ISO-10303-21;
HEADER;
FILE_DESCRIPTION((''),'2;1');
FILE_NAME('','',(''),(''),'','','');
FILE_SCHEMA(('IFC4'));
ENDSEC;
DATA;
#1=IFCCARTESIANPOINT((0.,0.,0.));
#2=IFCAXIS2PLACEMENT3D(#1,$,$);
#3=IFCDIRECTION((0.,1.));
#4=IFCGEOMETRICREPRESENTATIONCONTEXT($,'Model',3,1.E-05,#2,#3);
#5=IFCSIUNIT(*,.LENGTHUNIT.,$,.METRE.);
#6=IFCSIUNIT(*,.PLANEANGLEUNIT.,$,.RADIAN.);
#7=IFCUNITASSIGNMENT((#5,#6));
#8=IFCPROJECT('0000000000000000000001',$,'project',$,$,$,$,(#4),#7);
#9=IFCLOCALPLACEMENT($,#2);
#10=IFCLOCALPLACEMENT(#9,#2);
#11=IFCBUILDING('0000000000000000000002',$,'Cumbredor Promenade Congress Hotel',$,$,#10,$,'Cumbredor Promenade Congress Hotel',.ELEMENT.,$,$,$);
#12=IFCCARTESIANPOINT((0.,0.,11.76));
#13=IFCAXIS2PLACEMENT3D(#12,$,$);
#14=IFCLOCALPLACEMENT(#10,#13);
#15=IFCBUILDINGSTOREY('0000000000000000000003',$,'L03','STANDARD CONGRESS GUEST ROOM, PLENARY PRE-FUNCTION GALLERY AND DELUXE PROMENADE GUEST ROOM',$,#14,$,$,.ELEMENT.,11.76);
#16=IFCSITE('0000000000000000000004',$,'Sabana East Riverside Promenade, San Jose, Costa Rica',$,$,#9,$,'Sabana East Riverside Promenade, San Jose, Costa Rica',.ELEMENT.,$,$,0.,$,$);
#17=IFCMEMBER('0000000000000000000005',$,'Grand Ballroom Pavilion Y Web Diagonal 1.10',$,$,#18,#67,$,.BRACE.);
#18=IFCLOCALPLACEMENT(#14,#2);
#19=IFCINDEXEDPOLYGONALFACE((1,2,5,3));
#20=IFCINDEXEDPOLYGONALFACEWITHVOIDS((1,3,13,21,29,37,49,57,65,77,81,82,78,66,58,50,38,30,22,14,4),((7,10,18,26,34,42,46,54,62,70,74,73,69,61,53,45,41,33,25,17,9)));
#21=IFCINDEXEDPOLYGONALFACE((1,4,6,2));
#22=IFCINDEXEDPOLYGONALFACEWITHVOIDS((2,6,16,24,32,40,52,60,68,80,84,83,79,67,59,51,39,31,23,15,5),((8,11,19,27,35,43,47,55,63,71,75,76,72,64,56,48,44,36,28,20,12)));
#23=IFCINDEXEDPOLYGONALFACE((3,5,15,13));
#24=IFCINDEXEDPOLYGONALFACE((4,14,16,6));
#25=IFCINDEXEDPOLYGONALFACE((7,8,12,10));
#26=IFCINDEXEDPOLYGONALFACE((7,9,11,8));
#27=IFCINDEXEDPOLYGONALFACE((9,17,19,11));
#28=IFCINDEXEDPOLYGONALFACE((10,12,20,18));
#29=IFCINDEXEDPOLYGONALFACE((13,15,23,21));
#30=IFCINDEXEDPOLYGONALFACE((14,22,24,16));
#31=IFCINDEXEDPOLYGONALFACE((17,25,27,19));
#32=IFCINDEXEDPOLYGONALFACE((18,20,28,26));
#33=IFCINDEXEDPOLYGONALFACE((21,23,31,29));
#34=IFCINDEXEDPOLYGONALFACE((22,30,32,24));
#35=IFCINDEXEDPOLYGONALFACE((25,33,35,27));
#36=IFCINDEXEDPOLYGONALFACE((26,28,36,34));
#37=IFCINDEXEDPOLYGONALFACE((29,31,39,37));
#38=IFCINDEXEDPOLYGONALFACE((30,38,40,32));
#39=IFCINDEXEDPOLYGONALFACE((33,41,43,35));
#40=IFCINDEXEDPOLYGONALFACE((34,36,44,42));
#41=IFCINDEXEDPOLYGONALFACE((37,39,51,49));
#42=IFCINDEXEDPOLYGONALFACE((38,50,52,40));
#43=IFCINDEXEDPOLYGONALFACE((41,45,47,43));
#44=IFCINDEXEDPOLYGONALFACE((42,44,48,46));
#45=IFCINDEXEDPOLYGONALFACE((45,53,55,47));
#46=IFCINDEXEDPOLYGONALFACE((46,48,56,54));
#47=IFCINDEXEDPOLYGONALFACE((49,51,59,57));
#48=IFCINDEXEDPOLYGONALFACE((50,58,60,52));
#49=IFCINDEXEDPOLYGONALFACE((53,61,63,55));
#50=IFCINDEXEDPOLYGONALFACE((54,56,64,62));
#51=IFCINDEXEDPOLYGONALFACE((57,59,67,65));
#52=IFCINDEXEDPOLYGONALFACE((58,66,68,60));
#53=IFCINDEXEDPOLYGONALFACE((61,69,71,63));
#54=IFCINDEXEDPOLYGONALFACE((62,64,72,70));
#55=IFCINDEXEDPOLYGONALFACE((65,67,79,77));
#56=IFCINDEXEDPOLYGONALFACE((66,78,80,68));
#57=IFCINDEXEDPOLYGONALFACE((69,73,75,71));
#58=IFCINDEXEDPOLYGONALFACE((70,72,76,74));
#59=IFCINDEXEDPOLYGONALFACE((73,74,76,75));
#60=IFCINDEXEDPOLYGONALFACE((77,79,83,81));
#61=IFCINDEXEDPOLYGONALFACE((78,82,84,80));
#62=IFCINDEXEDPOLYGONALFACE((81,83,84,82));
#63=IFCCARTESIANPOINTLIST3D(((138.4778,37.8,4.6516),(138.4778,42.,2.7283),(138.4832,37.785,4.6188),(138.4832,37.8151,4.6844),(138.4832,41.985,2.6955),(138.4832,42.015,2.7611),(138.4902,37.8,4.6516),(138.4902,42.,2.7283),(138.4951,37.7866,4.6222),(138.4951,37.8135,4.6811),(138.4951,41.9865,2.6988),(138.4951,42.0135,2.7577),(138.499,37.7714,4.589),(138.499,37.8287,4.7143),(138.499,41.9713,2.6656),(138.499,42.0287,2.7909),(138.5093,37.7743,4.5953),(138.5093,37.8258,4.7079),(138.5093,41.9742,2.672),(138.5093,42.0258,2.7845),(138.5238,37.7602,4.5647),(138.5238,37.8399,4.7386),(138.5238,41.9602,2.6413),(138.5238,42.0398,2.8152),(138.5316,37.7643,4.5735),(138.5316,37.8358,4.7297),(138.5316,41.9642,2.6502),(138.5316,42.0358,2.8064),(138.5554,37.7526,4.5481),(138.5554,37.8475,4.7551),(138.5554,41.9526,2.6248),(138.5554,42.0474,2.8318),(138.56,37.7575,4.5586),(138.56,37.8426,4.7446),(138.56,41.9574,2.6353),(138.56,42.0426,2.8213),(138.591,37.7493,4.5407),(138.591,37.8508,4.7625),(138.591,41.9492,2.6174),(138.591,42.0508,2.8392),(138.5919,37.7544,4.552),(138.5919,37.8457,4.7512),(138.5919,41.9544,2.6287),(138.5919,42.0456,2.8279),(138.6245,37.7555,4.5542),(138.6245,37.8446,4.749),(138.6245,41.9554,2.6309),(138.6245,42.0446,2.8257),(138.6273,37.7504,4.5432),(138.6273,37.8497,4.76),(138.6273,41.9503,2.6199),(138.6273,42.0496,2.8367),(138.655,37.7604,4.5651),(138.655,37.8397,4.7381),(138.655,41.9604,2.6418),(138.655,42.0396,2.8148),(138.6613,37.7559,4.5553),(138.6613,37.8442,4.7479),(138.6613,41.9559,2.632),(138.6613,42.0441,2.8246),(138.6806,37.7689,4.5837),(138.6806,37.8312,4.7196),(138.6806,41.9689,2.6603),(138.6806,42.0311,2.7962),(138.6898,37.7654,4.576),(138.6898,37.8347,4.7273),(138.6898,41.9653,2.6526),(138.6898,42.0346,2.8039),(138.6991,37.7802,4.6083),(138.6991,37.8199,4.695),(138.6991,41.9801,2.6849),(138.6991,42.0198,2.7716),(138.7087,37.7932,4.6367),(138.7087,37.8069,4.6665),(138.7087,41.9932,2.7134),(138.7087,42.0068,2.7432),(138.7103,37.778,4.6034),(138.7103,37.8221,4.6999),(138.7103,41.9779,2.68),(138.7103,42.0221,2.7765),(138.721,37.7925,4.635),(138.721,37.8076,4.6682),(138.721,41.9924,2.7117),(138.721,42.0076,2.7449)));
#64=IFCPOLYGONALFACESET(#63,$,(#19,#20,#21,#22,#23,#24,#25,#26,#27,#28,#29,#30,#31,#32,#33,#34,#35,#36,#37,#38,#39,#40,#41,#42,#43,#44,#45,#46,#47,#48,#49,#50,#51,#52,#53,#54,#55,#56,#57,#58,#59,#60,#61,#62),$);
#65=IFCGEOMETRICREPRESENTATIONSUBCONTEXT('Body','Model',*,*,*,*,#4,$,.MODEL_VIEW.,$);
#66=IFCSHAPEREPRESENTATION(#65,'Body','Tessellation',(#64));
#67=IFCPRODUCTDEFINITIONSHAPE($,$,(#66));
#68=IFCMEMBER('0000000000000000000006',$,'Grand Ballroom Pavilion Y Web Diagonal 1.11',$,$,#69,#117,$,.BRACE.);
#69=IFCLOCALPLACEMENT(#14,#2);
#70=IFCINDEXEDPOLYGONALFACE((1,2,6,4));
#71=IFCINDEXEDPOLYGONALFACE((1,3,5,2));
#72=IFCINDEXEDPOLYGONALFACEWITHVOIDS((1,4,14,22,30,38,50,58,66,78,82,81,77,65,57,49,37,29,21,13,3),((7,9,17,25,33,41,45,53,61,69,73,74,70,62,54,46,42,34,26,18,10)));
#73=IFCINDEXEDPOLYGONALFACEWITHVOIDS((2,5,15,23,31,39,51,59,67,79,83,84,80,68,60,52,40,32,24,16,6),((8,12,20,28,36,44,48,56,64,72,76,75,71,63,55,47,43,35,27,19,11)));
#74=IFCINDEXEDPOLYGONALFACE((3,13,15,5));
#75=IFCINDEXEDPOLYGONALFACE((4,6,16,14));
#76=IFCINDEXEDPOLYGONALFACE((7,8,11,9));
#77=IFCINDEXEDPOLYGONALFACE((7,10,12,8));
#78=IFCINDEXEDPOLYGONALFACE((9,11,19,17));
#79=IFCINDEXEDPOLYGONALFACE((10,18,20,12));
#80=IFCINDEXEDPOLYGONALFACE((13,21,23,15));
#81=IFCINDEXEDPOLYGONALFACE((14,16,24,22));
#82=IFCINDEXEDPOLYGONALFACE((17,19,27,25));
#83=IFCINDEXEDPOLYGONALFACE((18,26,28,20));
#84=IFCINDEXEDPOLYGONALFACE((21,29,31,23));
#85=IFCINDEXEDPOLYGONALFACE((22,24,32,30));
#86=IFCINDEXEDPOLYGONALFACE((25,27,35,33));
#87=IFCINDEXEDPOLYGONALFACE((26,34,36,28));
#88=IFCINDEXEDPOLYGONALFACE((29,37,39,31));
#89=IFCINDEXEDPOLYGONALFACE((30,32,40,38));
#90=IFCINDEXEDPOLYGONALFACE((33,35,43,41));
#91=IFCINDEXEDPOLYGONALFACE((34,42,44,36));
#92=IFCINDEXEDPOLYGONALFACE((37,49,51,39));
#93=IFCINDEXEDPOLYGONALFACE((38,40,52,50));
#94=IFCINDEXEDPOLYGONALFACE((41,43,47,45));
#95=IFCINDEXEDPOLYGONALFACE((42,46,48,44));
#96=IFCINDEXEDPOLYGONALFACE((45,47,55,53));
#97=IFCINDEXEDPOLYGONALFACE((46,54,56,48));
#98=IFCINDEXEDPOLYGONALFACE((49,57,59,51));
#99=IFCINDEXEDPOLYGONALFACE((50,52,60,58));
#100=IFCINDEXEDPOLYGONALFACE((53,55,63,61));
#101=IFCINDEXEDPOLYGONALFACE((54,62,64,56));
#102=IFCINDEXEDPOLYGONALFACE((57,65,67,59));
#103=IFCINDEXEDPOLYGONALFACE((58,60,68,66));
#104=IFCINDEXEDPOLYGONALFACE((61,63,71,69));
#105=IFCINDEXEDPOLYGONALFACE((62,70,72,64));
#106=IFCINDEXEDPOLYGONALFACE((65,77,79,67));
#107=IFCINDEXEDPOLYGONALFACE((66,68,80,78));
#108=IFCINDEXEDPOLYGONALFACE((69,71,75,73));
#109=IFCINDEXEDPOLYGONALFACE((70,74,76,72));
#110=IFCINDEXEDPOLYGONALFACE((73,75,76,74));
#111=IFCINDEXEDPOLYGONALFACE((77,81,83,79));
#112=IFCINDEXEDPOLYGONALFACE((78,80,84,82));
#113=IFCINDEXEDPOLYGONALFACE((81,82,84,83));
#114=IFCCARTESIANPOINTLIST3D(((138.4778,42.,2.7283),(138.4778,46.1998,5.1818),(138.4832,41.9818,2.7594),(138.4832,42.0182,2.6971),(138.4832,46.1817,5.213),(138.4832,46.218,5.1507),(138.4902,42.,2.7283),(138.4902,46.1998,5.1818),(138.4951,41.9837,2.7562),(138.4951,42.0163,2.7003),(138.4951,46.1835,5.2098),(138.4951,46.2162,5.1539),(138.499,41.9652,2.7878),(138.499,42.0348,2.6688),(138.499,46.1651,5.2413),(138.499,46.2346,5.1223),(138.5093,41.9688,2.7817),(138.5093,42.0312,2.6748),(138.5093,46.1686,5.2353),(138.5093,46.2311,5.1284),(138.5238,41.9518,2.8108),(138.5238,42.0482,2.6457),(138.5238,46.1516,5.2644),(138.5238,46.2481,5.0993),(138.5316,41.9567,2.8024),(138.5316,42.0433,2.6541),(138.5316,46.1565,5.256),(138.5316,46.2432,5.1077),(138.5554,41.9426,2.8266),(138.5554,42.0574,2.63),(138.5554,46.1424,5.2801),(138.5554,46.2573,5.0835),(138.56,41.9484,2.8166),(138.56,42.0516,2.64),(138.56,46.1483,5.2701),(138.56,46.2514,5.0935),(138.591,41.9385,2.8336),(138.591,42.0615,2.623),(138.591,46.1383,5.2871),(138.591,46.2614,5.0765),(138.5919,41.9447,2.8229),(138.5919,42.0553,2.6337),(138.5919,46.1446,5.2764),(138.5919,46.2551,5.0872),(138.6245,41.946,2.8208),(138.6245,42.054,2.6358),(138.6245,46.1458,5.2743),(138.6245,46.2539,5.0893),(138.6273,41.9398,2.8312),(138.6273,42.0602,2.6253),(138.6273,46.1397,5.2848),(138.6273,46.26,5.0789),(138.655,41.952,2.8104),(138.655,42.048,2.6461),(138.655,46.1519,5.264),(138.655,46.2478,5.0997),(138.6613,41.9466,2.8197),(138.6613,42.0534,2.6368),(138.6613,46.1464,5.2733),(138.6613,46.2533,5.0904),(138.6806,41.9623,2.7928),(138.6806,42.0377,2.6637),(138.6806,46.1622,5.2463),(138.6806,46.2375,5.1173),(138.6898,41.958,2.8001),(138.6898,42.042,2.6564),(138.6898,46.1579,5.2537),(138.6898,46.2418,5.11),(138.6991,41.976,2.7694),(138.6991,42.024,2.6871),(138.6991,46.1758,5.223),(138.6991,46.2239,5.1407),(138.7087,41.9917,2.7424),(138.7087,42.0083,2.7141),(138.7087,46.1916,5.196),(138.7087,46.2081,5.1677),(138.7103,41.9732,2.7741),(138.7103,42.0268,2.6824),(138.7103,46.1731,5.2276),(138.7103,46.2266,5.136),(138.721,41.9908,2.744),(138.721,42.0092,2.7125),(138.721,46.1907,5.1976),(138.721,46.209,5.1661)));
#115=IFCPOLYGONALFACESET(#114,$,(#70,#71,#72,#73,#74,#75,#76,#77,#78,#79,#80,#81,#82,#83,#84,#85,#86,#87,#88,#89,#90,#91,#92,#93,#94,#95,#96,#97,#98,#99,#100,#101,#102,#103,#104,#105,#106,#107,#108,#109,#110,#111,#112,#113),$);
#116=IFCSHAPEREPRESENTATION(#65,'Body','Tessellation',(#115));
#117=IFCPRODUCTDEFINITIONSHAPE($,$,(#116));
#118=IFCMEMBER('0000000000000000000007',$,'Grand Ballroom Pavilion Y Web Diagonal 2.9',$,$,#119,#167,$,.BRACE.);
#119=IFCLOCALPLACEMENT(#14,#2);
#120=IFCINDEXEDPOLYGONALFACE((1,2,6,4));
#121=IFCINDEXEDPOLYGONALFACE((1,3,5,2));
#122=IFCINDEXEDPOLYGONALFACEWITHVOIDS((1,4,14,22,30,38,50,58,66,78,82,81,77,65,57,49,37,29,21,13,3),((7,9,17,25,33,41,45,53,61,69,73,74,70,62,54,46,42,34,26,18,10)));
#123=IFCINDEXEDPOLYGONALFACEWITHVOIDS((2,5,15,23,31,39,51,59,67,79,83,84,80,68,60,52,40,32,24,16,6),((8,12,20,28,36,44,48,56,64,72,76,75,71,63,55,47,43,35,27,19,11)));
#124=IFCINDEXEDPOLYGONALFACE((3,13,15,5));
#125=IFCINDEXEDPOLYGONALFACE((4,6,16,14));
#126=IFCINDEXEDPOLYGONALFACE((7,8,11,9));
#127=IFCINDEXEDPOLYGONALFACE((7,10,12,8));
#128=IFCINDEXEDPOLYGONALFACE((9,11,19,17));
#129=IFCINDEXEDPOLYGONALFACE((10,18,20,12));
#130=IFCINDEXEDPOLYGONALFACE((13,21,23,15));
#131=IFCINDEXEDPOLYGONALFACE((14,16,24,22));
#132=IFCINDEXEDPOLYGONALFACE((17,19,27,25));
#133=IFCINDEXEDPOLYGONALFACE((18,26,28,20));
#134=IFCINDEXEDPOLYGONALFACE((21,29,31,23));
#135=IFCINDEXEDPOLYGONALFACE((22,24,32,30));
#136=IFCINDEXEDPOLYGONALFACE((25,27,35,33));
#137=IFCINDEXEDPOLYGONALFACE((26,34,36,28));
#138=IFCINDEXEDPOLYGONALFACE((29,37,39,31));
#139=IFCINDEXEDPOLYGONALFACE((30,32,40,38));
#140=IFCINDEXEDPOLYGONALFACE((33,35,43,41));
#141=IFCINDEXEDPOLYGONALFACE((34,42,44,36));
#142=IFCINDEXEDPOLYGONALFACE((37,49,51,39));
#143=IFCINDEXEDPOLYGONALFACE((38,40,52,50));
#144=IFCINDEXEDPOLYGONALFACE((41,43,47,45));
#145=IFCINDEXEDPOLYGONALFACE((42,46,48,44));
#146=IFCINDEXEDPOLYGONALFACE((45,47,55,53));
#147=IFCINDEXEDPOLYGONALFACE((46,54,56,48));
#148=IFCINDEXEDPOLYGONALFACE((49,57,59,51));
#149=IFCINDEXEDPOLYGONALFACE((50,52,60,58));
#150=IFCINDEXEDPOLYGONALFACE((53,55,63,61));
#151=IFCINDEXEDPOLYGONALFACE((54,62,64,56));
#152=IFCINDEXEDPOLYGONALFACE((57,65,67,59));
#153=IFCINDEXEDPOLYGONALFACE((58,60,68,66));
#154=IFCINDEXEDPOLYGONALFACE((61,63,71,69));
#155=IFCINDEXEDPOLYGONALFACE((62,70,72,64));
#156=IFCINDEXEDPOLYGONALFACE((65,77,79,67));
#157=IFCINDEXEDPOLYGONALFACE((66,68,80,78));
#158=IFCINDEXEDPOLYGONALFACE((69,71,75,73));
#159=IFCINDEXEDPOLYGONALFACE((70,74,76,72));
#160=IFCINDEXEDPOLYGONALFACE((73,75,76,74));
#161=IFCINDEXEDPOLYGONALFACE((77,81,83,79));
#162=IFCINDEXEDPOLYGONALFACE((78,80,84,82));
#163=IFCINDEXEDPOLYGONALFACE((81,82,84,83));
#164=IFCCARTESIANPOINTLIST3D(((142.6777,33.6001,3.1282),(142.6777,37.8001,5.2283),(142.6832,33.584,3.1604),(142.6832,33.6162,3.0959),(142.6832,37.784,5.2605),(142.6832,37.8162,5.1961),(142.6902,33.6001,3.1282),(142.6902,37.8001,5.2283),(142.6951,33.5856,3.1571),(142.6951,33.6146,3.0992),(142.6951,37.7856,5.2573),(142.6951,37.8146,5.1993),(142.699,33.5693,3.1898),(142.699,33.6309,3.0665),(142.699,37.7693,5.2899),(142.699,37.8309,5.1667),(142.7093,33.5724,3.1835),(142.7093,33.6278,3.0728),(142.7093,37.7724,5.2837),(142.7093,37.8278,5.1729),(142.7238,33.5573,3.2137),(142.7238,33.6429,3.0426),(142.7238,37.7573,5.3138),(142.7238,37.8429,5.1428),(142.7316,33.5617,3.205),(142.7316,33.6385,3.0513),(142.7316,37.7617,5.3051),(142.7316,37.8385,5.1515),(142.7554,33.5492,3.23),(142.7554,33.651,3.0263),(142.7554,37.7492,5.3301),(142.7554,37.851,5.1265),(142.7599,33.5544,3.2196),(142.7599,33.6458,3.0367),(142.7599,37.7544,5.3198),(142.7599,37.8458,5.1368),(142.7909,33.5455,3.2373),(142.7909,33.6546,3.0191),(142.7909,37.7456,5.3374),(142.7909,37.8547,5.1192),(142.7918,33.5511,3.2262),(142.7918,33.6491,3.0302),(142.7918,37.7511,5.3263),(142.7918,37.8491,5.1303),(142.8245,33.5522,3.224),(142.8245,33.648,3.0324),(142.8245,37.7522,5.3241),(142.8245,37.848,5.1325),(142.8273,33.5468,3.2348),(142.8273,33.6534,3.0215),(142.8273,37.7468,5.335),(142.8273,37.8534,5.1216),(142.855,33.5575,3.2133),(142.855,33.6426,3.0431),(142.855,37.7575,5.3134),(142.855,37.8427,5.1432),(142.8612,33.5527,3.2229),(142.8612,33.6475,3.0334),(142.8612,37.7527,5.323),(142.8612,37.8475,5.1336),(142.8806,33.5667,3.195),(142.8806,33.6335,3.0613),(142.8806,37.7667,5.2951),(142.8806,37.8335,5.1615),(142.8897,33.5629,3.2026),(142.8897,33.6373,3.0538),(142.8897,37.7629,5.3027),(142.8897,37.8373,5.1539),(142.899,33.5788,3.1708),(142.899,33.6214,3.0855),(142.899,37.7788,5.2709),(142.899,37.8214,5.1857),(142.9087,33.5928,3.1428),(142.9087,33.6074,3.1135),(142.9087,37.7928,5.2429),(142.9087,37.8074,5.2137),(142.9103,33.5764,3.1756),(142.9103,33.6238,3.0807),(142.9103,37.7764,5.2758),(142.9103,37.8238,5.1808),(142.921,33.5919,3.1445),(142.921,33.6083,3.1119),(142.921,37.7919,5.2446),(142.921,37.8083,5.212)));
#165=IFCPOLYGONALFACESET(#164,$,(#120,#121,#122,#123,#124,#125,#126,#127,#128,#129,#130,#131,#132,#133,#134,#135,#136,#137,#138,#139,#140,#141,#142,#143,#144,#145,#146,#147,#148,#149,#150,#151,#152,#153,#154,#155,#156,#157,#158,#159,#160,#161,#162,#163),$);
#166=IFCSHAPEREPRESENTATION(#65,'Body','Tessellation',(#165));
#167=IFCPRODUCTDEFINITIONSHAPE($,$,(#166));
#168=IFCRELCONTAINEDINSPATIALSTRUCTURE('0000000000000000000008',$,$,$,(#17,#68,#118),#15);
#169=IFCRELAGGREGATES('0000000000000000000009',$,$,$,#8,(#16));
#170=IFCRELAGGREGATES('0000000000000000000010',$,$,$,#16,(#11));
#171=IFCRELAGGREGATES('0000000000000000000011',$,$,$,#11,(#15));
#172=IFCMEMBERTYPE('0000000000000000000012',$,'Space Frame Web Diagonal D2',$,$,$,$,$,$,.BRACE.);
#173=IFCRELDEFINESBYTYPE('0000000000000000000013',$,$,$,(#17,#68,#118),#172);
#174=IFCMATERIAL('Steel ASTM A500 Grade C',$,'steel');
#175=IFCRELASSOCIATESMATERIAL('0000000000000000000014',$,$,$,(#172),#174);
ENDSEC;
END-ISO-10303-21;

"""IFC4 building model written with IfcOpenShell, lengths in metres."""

from ifc_helpers import new_model, si_unit, direction, frame, origin, origin_2d, place, context, subcontext, project, spatial, hollow_circle, extrude, material, material_profile, profile_set, type_object, element, save


model = new_model("IFC4")

# Units and contexts
model_context = context("Model", 3, precision=1e-05, world=origin(), true_north=direction((0.0, 1.0)))
body_context = subcontext(model_context, "Body", "Model", "MODEL_VIEW")
ifc_project = project(units=[si_unit("LENGTHUNIT", "METRE"), si_unit("PLANEANGLEUNIT", "RADIAN")], contexts=[model_context])

# Site, building, storey
site_placement = place(None, origin())
site = spatial("IfcSite", under=ifc_project, at=site_placement, Name="Sabana East Riverside Promenade, San Jose, Costa Rica", LongName="Sabana East Riverside Promenade, San Jose, Costa Rica", CompositionType="ELEMENT", RefElevation=0.0)
building_placement = place(site_placement, origin())
building = spatial("IfcBuilding", under=site, at=building_placement, Name="Cumbredor Promenade Congress Hotel", LongName="Cumbredor Promenade Congress Hotel", CompositionType="ELEMENT")
storey_placement = place(building_placement, frame((0.0, 0.0, 11.76)))
storey = spatial("IfcBuildingStorey", under=building, at=storey_placement, Name="L03", Description="STANDARD CONGRESS GUEST ROOM, PLENARY PRE-FUNCTION GALLERY AND DELUXE PROMENADE GUEST ROOM", CompositionType="ELEMENT", Elevation=11.76)

# Members
ifc_material_1 = material(Name="Steel ASTM A500 Grade C", Category="steel")
ifc_material_profile_1 = material_profile(ifc_material_1, hollow_circle(Radius=0.1223, WallThickness=0.0125, at=origin_2d()), Name="CHS 244.5x12.5")
ifc_profile_set_1 = profile_set([ifc_material_profile_1], Name="Steel ASTM A500 Grade C")
member_type_1 = type_object("IfcMemberType", Name="Space Frame Web Diagonal D2", PredefinedType="BRACE", material=ifc_profile_set_1)
member_1_placement = place(storey_placement, frame((138.6001, 37.8, 4.6516), z_axis=(0.0, 0.909199, -0.416362), x_axis=(-1.0, 0.0, 0.0)))
element("IfcMember", 1, at=member_1_placement, inside=storey, type_object=member_type_1, Name="Grand Ballroom Pavilion Y Web Diagonal 1.10", PredefinedType="BRACE", context=body_context, shape_type="SweptSolid", body=[
    extrude(hollow_circle(Radius=0.1223, WallThickness=0.0125, at=origin_2d()), origin(), (0.0, 0.0, 1.0), 4.6194),
])
member_2_placement = place(storey_placement, frame((138.6001, 42.0, 2.7283), z_axis=(0.0, 0.863453, 0.50443), x_axis=(-1.0, 0.0, 0.0)))
element("IfcMember", 2, at=member_2_placement, inside=storey, type_object=member_type_1, Name="Grand Ballroom Pavilion Y Web Diagonal 1.11", PredefinedType="BRACE", context=body_context, shape_type="SweptSolid", body=[
    extrude(hollow_circle(Radius=0.1223, WallThickness=0.0125, at=origin_2d()), origin(), (0.0, 0.0, 1.0), 4.864),
])
member_3_placement = place(storey_placement, frame((142.8, 33.6001, 3.1282), z_axis=(0.0, 0.894417, 0.447234), x_axis=(-1.0, 0.0, 0.0)))
element("IfcMember", 3, at=member_3_placement, inside=storey, type_object=member_type_1, Name="Grand Ballroom Pavilion Y Web Diagonal 2.9", PredefinedType="BRACE", context=body_context, shape_type="SweptSolid", body=[
    extrude(hollow_circle(Radius=0.1223, WallThickness=0.0125, at=origin_2d()), origin(), (0.0, 0.0, 1.0), 4.6958),
])

save(model, "model.ifc")
